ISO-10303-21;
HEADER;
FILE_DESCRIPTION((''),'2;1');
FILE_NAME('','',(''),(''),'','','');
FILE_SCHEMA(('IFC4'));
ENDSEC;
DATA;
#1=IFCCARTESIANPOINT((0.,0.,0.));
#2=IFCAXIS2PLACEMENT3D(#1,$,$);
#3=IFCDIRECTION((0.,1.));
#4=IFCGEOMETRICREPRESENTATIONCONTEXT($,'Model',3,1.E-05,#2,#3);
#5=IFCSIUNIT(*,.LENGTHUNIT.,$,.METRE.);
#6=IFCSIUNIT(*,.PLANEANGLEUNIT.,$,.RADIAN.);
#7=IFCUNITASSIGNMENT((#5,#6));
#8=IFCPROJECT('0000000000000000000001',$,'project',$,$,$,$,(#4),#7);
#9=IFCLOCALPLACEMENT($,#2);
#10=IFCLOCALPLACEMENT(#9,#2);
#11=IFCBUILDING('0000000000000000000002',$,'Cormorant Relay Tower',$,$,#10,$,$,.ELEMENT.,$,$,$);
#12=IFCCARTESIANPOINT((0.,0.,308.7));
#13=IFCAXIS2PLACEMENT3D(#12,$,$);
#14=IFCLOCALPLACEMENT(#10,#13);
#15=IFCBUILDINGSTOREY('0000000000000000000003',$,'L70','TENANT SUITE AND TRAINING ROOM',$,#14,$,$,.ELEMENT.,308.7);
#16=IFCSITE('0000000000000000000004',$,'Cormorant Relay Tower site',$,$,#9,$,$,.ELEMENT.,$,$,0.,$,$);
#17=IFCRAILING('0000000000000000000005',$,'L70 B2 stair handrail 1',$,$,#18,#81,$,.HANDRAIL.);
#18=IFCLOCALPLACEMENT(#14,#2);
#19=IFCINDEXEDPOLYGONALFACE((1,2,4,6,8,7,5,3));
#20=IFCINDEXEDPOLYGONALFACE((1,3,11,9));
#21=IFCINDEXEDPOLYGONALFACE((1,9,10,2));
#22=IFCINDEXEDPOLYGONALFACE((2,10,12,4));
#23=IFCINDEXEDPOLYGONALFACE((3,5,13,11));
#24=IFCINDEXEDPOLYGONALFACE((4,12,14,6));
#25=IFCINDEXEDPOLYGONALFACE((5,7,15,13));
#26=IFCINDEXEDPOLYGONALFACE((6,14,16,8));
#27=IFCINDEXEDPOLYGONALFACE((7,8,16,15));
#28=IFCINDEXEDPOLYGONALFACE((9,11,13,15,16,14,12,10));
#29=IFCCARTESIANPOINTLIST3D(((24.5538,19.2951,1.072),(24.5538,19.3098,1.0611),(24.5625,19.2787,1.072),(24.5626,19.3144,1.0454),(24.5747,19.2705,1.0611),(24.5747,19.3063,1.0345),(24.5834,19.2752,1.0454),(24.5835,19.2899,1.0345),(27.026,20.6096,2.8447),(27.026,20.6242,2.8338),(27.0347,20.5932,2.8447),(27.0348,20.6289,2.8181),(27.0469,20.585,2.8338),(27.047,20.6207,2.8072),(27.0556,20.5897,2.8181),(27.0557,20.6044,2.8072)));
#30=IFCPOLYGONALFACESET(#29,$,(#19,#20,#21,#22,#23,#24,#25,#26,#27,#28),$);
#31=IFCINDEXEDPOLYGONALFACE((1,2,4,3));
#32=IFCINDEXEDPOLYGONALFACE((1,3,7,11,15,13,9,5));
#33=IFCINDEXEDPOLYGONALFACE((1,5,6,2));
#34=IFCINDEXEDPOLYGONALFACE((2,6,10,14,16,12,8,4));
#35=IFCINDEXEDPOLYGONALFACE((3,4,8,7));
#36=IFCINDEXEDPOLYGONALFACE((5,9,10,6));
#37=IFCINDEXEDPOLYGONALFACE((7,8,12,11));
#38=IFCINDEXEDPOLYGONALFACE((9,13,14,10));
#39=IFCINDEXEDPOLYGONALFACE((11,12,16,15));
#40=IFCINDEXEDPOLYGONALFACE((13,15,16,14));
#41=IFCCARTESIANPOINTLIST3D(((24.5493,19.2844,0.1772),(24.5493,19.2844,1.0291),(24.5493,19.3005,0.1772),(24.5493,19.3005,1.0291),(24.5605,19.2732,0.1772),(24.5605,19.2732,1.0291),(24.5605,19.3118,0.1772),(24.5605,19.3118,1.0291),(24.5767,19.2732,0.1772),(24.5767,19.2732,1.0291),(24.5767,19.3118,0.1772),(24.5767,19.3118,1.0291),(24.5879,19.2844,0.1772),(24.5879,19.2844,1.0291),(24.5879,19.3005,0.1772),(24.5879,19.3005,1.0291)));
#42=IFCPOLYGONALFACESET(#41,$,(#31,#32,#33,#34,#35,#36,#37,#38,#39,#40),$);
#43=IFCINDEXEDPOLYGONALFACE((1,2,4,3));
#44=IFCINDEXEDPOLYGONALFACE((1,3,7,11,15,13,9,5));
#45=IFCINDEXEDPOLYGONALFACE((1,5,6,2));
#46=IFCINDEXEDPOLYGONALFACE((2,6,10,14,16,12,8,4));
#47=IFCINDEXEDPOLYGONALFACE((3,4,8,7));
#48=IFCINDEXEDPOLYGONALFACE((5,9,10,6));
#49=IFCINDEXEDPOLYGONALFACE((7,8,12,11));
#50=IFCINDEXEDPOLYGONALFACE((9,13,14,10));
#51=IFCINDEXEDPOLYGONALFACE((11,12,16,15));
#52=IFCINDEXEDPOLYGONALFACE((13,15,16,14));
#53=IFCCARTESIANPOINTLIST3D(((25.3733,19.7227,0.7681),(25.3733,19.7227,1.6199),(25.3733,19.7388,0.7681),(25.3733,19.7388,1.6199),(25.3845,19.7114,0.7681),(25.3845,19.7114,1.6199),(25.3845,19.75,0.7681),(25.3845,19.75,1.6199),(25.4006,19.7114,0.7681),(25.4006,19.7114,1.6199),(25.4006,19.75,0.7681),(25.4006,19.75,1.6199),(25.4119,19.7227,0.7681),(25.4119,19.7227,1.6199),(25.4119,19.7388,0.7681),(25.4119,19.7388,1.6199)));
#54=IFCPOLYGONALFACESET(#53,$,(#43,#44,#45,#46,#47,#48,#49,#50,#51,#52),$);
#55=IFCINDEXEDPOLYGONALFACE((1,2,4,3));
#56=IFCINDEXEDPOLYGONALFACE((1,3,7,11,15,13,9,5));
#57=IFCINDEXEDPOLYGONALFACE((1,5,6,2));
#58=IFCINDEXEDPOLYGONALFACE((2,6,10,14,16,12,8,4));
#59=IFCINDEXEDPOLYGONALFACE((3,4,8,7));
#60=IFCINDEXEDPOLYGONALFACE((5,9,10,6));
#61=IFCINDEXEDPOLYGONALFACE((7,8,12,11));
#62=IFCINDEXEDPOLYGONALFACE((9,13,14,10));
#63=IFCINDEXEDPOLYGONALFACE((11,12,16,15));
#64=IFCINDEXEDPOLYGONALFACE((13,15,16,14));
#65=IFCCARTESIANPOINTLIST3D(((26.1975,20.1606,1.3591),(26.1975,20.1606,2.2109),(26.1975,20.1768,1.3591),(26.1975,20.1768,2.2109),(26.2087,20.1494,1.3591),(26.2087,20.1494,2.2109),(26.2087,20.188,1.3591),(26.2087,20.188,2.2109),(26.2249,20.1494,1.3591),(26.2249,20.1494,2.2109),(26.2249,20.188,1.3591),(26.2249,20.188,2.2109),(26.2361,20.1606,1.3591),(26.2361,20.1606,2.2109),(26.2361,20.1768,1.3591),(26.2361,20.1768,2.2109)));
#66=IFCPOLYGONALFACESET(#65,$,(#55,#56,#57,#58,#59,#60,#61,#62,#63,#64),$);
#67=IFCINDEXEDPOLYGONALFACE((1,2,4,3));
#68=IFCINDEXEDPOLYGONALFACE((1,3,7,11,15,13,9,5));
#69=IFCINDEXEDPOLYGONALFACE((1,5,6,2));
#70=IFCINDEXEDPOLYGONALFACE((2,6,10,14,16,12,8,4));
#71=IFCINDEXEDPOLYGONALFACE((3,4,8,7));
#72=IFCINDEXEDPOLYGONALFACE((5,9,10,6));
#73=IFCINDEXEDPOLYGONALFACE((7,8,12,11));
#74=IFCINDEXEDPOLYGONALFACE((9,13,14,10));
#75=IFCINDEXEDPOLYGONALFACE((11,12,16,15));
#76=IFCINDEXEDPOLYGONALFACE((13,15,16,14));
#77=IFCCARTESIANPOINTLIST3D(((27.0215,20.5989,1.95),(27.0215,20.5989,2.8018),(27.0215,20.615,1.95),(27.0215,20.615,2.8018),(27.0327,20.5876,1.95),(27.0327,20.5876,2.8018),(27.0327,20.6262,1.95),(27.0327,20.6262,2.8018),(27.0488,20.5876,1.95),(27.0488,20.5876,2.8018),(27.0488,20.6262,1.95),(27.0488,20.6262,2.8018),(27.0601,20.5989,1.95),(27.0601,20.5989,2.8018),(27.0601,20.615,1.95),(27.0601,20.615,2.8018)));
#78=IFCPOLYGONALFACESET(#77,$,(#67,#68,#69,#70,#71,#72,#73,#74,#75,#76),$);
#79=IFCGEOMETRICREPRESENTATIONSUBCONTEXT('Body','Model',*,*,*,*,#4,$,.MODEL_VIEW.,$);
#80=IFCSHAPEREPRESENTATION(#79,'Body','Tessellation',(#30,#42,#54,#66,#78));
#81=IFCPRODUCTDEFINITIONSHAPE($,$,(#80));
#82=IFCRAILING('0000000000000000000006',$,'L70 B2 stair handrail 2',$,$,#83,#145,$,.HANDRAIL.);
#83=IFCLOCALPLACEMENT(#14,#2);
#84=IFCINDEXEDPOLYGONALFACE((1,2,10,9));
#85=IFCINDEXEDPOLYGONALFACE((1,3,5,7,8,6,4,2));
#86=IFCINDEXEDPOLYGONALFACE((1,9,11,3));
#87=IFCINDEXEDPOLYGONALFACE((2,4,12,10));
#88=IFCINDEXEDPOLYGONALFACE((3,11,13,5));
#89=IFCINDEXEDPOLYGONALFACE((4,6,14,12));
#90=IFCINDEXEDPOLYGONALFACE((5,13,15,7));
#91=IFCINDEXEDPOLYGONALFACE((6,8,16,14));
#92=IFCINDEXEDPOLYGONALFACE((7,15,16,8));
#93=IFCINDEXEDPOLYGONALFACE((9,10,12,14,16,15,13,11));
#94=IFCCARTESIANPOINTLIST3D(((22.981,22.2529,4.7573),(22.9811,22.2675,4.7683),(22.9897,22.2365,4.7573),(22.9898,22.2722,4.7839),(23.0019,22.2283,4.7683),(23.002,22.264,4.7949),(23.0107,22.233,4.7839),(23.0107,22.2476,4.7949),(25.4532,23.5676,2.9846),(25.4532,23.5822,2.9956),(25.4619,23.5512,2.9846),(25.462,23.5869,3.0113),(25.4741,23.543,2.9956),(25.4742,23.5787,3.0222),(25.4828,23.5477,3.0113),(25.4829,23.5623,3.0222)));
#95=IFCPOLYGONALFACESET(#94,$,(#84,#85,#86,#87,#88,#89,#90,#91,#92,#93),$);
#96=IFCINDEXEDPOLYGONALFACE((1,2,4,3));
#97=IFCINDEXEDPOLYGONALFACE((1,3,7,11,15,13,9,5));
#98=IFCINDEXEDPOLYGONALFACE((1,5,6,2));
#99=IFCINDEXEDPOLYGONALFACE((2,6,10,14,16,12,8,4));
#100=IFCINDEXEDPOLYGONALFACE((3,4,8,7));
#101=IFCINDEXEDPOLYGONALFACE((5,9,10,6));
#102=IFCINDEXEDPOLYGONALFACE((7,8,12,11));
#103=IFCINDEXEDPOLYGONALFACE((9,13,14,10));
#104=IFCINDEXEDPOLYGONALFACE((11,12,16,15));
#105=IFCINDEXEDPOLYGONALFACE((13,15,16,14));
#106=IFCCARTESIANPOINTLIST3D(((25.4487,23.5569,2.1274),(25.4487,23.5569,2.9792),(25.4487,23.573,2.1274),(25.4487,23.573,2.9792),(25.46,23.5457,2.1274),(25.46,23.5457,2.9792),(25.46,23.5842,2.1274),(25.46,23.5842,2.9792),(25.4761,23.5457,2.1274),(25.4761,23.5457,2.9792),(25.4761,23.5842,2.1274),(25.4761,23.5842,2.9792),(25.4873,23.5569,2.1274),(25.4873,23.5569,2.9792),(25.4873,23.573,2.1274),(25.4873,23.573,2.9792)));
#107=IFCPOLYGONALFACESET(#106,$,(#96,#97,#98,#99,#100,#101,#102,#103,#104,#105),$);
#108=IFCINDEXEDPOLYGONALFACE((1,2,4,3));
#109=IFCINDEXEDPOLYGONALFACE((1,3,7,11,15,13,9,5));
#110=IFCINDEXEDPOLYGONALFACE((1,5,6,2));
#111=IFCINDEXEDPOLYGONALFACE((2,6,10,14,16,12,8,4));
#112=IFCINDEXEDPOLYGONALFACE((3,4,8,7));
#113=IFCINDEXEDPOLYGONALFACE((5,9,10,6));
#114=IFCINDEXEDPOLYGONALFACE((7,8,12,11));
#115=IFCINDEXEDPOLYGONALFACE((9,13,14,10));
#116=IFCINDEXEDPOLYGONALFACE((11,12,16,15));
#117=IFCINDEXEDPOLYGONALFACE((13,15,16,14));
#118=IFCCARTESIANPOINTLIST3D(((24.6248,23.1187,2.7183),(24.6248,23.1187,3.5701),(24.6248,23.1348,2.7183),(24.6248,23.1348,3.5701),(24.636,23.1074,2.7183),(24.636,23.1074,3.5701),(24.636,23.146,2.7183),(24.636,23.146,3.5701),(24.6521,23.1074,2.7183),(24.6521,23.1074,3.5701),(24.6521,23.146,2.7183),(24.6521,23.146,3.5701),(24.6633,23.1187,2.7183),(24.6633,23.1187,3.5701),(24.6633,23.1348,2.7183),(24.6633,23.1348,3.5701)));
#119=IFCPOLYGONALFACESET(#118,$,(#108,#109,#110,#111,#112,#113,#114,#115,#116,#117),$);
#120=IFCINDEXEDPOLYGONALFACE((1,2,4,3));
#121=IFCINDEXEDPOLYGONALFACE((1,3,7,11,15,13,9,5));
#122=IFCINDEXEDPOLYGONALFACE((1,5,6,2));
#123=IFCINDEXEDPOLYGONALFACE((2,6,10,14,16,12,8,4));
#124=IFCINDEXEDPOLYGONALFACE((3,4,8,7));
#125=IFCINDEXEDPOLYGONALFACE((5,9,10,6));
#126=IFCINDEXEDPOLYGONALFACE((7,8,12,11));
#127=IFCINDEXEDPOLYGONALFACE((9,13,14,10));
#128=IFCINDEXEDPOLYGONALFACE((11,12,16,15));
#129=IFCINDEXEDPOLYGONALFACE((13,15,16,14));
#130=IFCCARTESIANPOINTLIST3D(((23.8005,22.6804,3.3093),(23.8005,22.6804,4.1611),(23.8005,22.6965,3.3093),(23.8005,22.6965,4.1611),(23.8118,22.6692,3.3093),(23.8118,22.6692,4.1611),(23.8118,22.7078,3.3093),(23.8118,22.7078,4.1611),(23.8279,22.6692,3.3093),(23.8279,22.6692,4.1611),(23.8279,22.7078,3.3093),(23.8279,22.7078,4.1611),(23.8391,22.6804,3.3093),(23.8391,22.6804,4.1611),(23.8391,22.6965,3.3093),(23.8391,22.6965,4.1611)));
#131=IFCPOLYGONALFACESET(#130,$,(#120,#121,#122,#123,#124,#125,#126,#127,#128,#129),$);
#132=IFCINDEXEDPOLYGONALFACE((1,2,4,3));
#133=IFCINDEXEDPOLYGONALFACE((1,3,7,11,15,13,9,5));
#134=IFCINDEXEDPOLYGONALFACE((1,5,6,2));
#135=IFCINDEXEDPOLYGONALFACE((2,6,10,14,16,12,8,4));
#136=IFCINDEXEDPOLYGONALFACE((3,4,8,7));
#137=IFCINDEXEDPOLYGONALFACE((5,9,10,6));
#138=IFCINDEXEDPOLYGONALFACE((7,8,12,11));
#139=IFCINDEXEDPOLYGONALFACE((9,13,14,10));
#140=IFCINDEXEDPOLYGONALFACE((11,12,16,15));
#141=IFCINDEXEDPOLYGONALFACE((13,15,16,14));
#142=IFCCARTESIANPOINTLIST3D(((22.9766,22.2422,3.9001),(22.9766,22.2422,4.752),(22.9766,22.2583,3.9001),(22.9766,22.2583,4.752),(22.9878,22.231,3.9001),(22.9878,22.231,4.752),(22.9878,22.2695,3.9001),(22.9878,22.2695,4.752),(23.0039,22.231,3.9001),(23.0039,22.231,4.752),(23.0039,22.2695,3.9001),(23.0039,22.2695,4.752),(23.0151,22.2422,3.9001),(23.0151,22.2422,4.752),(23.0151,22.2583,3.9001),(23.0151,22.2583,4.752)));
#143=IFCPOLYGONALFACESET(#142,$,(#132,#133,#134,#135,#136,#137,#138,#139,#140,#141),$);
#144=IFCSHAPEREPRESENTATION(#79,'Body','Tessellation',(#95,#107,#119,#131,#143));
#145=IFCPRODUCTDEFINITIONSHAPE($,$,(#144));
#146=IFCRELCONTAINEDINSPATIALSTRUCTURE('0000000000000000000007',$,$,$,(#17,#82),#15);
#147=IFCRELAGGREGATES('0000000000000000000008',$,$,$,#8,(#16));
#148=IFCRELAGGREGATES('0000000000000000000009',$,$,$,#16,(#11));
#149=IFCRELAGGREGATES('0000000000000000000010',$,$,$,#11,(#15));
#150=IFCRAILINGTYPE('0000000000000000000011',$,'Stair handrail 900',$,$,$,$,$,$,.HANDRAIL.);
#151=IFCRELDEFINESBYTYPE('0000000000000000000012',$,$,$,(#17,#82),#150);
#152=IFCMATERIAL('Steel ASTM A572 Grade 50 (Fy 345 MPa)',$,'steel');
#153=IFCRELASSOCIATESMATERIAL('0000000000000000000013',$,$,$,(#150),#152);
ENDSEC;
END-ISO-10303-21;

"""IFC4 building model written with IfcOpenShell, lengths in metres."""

from ifc_helpers import new_model, si_unit, direction, frame, origin, place, context, subcontext, project, spatial, polyline, outline, extrude, material, type_object, element, save


model = new_model("IFC4")

# Units and contexts
model_context = context("Model", 3, precision=1e-05, world=origin(), true_north=direction((0.0, 1.0)))
body_context = subcontext(model_context, "Body", "Model", "MODEL_VIEW")
ifc_project = project(units=[si_unit("LENGTHUNIT", "METRE"), si_unit("PLANEANGLEUNIT", "RADIAN")], contexts=[model_context])

# Site, building, storey
site_placement = place(None, origin())
site = spatial("IfcSite", under=ifc_project, at=site_placement, Name="Cormorant Relay Tower site", CompositionType="ELEMENT", RefElevation=0.0)
building_placement = place(site_placement, origin())
building = spatial("IfcBuilding", under=site, at=building_placement, Name="Cormorant Relay Tower", CompositionType="ELEMENT")
storey_placement = place(building_placement, frame((0.0, 0.0, 308.7)))
storey = spatial("IfcBuildingStorey", under=building, at=storey_placement, Name="L70", Description="TENANT SUITE AND TRAINING ROOM", CompositionType="ELEMENT", Elevation=308.7)

# Railings
ifc_material_1 = material(Name="Steel ASTM A572 Grade 50 (Fy 345 MPa)", Category="steel")
railing_type_1 = type_object("IfcRailingType", Name="Stair handrail 900", PredefinedType="HANDRAIL", material=ifc_material_1)
railing_1_placement = place(storey_placement, frame((24.5686, 19.2925, 0.1772)))
element("IfcRailing", 1, at=railing_1_placement, inside=storey, type_object=railing_type_1, Name="L70 B2 stair handrail 1", PredefinedType="HANDRAIL", context=body_context, shape_type="SweptSolid", body=[
    extrude(outline(polyline([(0.0222, 0.0093), (0.0093, 0.0222), (-0.0093, 0.0222), (-0.0222, 0.0093), (-0.0222, -0.0093), (-0.0093, -0.0222), (0.0093, -0.0222), (0.0222, -0.0093), (0.0222, 0.0093)])), frame((0.0, 0.0, 0.876), z_axis=(0.746001, 0.396649, 0.534931), x_axis=(-0.469465, 0.882951, 0.0)), (0.0, 0.0, 1.0), 3.314),
    extrude(outline(polyline([(0.0193, 0.0081), (0.0081, 0.0193), (-0.0081, 0.0193), (-0.0193, 0.0081), (-0.0193, -0.0081), (-0.0081, -0.0193), (0.0081, -0.0193), (0.0193, -0.0081), (0.0193, 0.0081)])), origin(), (0.0, 0.0, 1.0), 0.8518),
    extrude(outline(polyline([(0.0193, 0.0081), (0.0081, 0.0193), (-0.0081, 0.0193), (-0.0193, 0.0081), (-0.0193, -0.0081), (-0.0081, -0.0193), (0.0081, -0.0193), (0.0193, -0.0081), (0.0193, 0.0081)])), frame((0.824, 0.4382, 0.5908)), (0.0, 0.0, 1.0), 0.8518),
    extrude(outline(polyline([(0.0193, 0.0081), (0.0081, 0.0193), (-0.0081, 0.0193), (-0.0193, 0.0081), (-0.0193, -0.0081), (-0.0081, -0.0193), (0.0081, -0.0193), (0.0193, -0.0081), (0.0193, 0.0081)])), frame((1.6482, 0.8762, 1.1819)), (0.0, 0.0, 1.0), 0.8518),
    extrude(outline(polyline([(0.0193, 0.0081), (0.0081, 0.0193), (-0.0081, 0.0193), (-0.0193, 0.0081), (-0.0193, -0.0081), (-0.0081, -0.0193), (0.0081, -0.0193), (0.0193, -0.0081), (0.0193, 0.0081)])), frame((2.4722, 1.3145, 1.7727)), (0.0, 0.0, 1.0), 0.8518),
])
railing_2_placement = place(storey_placement, frame((25.468, 23.5649, 2.1274)))
element("IfcRailing", 2, at=railing_2_placement, inside=storey, type_object=railing_type_1, Name="L70 B2 stair handrail 2", PredefinedType="HANDRAIL", context=body_context, shape_type="SweptSolid", body=[
    extrude(outline(polyline([(0.0222, 0.0093), (0.0093, 0.0222), (-0.0093, 0.0222), (-0.0222, 0.0093), (-0.0222, -0.0093), (-0.0093, -0.0222), (0.0093, -0.0222), (0.0222, -0.0093), (0.0222, 0.0093)])), frame((0.0, 0.0, 0.876), z_axis=(-0.745979, -0.396711, 0.534916), x_axis=(0.469533, -0.882915, 0.0)), (0.0, 0.0, 1.0), 3.314),
    extrude(outline(polyline([(0.0193, 0.0081), (0.0081, 0.0193), (-0.0081, 0.0193), (-0.0193, 0.0081), (-0.0193, -0.0081), (-0.0081, -0.0193), (0.0081, -0.0193), (0.0193, -0.0081), (0.0193, 0.0081)])), origin(), (0.0, 0.0, 1.0), 0.8518),
    extrude(outline(polyline([(0.0193, 0.0081), (0.0081, 0.0193), (-0.0081, 0.0193), (-0.0193, 0.0081), (-0.0193, -0.0081), (-0.0081, -0.0193), (0.0081, -0.0193), (0.0193, -0.0081), (0.0193, 0.0081)])), frame((-0.824, -0.4382, 0.5908)), (0.0, 0.0, 1.0), 0.8518),
    extrude(outline(polyline([(0.0193, 0.0081), (0.0081, 0.0193), (-0.0081, 0.0193), (-0.0193, 0.0081), (-0.0193, -0.0081), (-0.0081, -0.0193), (0.0081, -0.0193), (0.0193, -0.0081), (0.0193, 0.0081)])), frame((-1.6482, -0.8765, 1.1819)), (0.0, 0.0, 1.0), 0.8518),
    extrude(outline(polyline([(0.0193, 0.0081), (0.0081, 0.0193), (-0.0081, 0.0193), (-0.0193, 0.0081), (-0.0193, -0.0081), (-0.0081, -0.0193), (0.0081, -0.0193), (0.0193, -0.0081), (0.0193, 0.0081)])), frame((-2.4722, -1.3147, 1.7727)), (0.0, 0.0, 1.0), 0.8518),
])

save(model, "model.ifc")
